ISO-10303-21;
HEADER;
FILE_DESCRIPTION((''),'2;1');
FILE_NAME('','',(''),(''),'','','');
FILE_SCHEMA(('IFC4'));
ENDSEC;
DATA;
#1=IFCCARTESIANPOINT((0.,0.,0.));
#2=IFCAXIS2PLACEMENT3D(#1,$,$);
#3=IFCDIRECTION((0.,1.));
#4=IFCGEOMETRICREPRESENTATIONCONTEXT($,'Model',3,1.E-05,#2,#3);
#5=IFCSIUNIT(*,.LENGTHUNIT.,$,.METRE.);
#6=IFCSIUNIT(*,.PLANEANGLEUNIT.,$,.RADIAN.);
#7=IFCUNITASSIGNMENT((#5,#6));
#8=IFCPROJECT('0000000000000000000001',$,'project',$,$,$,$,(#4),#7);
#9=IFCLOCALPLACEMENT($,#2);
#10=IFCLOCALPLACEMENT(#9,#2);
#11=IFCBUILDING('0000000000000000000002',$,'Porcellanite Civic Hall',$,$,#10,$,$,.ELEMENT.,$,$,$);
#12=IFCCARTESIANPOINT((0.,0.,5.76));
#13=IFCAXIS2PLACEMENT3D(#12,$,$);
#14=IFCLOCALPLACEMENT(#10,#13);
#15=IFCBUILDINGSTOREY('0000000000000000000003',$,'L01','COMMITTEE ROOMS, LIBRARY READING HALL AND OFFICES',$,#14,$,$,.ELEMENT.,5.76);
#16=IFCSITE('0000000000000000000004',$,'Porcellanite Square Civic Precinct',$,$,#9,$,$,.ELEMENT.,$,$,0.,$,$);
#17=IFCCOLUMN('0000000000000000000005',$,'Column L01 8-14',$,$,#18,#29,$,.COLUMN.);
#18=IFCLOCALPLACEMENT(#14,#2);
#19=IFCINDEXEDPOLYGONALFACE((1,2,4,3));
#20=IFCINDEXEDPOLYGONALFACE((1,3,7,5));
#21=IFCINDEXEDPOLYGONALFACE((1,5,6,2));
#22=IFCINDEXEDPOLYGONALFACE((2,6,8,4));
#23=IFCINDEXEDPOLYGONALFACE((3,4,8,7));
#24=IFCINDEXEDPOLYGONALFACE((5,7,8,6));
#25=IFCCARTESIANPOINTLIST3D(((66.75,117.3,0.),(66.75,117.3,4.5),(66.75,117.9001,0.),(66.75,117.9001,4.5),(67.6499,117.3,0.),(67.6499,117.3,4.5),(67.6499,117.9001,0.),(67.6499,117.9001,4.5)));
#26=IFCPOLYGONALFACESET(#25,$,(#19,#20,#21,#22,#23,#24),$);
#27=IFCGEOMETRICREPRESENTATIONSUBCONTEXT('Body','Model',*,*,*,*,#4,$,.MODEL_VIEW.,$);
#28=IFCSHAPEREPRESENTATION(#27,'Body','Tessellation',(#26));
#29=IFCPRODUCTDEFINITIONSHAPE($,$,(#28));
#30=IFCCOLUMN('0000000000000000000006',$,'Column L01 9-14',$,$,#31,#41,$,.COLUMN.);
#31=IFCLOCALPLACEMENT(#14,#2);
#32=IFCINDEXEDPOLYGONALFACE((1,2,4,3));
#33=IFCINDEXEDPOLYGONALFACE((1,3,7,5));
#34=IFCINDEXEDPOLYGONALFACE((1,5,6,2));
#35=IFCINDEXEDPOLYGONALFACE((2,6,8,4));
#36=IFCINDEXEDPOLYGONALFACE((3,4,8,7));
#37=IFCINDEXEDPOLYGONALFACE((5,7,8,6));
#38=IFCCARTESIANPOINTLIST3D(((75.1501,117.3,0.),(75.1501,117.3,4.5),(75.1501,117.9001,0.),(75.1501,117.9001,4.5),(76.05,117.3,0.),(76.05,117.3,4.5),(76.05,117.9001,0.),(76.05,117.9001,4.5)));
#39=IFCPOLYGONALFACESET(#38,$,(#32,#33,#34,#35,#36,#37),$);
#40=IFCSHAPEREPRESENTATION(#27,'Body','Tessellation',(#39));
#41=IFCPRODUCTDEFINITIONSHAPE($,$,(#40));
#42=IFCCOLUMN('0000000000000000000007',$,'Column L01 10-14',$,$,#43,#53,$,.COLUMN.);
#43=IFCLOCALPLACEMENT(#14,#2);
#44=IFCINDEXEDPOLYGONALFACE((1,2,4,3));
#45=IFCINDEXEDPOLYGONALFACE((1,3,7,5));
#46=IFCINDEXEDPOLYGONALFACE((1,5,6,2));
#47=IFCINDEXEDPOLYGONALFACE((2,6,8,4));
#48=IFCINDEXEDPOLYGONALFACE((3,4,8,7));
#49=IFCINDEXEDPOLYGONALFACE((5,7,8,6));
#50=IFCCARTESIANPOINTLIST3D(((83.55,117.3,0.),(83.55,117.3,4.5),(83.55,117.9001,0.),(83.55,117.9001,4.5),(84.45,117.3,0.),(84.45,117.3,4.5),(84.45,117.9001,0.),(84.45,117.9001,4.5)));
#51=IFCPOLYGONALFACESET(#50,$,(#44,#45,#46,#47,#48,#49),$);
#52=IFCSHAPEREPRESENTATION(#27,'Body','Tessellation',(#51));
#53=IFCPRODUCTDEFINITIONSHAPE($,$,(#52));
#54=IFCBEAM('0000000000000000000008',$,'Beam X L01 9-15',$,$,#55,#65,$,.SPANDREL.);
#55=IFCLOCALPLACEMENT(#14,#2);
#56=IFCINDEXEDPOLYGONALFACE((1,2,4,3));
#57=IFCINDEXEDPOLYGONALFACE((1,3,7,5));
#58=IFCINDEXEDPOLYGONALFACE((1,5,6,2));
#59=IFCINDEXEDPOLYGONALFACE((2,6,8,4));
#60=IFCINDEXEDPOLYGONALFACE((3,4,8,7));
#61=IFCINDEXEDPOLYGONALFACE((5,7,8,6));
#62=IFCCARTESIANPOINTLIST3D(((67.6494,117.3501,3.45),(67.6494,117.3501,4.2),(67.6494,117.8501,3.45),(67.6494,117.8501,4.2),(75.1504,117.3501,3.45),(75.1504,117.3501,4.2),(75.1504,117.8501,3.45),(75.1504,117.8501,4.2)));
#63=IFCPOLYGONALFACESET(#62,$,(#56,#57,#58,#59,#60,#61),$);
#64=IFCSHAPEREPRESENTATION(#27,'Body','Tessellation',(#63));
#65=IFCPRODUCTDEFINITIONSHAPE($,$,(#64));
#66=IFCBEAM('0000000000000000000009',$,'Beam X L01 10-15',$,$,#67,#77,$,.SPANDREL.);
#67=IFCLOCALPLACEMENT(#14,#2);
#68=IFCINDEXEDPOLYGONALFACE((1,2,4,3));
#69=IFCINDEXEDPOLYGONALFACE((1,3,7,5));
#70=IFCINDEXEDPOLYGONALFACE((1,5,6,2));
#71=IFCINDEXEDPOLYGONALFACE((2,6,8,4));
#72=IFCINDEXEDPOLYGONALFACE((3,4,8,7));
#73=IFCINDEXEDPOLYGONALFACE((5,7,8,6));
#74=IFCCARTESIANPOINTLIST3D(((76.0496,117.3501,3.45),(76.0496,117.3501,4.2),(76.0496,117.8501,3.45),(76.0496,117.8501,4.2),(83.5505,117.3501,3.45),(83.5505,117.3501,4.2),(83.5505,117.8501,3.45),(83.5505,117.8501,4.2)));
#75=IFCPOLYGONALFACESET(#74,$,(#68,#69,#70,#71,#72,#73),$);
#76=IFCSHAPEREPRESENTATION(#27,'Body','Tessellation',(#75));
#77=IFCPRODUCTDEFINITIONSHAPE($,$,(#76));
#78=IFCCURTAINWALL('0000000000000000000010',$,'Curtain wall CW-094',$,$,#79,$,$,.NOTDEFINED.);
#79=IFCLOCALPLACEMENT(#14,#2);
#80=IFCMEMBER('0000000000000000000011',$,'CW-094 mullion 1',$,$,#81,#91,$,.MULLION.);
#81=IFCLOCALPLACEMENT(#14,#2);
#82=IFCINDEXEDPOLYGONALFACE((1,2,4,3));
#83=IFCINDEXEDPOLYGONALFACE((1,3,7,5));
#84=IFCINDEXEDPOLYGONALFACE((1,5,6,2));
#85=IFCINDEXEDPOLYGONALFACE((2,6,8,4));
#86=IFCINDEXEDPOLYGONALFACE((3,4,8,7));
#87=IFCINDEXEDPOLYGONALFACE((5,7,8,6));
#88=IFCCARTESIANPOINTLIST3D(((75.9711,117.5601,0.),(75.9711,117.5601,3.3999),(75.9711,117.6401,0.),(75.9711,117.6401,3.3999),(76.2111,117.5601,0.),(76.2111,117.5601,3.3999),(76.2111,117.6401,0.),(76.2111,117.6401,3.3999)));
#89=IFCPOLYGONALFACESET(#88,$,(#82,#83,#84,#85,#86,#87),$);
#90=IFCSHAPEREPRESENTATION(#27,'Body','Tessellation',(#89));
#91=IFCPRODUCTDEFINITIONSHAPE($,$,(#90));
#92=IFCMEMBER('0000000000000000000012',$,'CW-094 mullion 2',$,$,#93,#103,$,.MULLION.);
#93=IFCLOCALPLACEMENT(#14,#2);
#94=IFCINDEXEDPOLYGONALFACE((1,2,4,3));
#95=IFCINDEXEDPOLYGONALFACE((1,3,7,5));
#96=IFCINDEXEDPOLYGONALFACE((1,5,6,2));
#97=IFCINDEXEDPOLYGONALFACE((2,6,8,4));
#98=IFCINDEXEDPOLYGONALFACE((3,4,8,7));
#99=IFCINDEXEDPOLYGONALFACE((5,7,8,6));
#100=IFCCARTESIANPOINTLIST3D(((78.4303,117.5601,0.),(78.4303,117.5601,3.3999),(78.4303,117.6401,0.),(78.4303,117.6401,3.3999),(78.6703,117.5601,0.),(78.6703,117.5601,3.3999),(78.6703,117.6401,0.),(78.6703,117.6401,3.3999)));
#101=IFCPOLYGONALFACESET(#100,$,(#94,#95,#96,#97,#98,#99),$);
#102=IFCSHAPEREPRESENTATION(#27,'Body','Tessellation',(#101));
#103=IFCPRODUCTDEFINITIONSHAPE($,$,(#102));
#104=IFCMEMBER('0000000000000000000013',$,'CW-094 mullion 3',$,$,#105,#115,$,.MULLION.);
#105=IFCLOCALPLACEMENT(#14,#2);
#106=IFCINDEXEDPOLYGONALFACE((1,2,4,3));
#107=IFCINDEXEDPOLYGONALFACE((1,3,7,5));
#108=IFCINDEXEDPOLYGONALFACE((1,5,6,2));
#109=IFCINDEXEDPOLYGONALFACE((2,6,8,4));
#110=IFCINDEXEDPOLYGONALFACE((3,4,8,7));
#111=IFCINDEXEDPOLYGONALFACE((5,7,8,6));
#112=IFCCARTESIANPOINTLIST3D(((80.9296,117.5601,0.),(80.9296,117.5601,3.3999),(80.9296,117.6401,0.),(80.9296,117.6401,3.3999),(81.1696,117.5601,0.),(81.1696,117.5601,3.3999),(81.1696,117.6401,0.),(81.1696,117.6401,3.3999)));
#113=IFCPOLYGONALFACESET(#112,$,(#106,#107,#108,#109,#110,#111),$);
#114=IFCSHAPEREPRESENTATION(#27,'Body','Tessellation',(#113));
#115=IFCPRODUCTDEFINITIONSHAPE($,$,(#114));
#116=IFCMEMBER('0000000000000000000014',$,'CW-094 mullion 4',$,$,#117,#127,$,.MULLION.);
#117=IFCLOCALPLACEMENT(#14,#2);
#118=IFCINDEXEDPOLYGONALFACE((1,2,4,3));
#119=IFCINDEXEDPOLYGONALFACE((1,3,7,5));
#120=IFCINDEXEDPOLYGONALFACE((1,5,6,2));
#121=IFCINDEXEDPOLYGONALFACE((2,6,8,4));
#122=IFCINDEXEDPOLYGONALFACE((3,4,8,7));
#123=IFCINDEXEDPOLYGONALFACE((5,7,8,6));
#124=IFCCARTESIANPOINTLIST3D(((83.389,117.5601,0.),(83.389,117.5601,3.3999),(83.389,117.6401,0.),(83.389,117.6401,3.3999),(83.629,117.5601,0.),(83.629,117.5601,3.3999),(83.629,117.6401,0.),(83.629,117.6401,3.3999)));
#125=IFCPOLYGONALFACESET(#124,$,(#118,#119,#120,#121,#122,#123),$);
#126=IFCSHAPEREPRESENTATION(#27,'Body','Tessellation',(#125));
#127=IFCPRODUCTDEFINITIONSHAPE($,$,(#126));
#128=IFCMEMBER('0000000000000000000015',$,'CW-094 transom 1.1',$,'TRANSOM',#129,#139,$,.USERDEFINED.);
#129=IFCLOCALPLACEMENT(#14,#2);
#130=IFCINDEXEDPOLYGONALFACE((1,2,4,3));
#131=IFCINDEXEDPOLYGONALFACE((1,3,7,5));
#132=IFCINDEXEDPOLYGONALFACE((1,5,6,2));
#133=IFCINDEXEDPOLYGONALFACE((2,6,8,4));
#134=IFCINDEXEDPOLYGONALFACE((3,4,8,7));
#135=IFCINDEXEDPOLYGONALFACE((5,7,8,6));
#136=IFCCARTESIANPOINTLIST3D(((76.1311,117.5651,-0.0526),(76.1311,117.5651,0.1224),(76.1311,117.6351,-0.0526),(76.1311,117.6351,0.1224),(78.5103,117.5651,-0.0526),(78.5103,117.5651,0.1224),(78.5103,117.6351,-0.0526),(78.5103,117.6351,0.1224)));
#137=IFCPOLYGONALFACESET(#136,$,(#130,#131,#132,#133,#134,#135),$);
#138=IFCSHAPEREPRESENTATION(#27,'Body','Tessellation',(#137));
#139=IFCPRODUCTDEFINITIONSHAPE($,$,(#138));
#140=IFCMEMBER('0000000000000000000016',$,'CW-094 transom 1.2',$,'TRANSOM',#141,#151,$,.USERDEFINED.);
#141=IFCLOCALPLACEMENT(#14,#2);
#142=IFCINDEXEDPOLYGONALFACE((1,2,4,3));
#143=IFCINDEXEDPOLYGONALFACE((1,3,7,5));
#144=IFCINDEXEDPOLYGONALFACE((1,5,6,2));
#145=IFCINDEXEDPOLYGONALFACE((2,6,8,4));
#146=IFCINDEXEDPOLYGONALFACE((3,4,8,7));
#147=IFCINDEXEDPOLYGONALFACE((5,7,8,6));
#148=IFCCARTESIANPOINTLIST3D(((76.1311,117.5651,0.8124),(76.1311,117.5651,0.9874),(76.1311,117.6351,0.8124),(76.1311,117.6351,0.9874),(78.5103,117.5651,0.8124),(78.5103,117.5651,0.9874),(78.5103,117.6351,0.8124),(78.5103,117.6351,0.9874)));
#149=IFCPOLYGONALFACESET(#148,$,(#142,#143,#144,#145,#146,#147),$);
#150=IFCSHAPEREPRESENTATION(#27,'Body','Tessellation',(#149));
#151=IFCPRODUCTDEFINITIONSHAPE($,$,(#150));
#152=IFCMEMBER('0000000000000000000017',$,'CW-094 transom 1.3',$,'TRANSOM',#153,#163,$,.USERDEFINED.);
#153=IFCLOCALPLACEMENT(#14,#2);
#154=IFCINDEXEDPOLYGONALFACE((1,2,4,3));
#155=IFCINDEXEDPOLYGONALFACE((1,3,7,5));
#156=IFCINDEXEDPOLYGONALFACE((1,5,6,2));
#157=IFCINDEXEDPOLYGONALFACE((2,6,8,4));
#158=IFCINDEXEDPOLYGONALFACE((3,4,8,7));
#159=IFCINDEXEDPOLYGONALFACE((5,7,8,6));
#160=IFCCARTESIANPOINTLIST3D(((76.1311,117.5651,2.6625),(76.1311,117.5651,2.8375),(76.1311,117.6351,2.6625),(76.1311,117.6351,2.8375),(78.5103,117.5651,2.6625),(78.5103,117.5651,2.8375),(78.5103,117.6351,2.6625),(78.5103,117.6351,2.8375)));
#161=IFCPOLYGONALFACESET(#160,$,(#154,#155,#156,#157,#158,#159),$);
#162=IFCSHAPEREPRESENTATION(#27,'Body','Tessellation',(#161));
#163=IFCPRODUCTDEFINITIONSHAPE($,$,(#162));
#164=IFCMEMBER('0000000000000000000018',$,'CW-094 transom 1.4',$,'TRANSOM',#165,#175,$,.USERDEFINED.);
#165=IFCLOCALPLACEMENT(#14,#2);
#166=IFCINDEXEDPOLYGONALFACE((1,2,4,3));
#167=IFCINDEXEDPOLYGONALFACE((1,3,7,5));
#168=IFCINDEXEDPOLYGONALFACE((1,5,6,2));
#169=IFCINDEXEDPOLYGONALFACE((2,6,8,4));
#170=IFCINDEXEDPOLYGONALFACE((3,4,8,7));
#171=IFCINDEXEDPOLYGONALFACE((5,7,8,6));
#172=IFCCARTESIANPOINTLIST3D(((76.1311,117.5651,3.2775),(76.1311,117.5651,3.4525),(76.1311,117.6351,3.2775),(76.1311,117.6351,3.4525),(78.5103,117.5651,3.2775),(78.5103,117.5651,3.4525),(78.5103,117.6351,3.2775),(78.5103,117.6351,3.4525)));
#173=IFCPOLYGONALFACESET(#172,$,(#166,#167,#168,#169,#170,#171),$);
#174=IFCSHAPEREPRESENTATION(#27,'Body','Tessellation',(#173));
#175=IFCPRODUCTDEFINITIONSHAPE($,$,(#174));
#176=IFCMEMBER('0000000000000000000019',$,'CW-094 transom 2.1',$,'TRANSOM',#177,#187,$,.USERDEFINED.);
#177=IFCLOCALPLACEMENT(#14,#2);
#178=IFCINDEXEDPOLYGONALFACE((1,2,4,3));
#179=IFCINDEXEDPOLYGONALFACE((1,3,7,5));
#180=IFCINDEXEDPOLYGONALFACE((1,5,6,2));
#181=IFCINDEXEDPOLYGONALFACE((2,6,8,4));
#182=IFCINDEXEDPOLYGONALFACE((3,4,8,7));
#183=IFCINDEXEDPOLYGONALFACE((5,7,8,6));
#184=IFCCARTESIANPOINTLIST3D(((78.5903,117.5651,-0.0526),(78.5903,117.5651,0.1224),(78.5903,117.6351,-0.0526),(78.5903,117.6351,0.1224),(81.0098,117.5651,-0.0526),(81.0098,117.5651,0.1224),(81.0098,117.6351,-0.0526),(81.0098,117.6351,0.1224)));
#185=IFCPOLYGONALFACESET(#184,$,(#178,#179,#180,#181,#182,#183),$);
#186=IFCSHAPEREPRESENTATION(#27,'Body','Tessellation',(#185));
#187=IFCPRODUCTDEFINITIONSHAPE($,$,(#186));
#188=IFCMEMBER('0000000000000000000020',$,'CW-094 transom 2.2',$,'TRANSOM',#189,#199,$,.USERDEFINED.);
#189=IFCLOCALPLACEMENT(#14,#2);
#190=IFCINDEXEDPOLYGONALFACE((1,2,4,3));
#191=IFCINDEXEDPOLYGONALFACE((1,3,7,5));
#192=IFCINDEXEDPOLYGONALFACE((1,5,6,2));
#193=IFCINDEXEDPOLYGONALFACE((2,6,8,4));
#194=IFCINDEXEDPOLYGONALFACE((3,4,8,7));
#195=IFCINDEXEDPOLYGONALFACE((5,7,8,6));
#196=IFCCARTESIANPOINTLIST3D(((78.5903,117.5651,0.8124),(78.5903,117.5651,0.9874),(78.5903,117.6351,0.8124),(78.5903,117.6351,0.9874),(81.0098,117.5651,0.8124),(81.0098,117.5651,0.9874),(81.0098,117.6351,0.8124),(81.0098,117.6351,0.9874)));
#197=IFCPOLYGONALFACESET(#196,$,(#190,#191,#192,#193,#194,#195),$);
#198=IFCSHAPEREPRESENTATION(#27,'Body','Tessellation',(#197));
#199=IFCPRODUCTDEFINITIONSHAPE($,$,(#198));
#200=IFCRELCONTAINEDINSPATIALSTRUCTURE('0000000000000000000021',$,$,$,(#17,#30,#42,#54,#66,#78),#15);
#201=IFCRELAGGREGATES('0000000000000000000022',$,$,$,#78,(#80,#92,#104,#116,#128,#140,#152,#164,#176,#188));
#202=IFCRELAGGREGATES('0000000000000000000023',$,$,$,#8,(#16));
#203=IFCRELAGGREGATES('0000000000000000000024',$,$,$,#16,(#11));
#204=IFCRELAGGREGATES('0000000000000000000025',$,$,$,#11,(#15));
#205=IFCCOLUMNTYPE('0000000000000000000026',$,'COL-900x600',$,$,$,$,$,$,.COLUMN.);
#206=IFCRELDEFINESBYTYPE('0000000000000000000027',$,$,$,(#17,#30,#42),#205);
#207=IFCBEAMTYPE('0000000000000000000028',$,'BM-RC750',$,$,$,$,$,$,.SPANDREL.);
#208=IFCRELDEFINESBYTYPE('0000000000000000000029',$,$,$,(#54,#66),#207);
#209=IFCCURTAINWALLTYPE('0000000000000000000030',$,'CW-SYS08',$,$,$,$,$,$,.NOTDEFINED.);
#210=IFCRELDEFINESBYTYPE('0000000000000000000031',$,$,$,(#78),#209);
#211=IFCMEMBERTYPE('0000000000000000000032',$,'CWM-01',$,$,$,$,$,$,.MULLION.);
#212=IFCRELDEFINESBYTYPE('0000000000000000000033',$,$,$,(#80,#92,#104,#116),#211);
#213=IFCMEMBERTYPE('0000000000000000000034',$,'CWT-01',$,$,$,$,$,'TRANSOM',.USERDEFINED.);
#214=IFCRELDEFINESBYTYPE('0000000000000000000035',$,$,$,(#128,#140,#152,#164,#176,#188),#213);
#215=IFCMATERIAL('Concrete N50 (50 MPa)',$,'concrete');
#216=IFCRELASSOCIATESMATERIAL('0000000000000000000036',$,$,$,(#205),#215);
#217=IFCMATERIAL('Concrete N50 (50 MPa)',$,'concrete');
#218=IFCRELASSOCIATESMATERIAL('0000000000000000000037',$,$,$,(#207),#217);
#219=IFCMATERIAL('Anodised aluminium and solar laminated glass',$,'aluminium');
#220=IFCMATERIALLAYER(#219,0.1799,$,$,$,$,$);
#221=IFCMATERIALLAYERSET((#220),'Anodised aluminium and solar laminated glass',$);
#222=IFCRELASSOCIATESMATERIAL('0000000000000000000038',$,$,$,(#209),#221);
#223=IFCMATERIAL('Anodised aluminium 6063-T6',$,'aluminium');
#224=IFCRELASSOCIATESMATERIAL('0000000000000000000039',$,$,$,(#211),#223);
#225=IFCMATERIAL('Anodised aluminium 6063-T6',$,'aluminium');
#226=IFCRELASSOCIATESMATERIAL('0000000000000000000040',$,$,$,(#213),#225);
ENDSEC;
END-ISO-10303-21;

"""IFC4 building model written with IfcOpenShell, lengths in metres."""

from ifc_helpers import new_model, si_unit, direction, frame, origin, origin_2d, place, context, subcontext, project, spatial, rectangle, extrude, material, layer, layer_set, material_profile, profile_set, type_object, element, aggregate, save


model = new_model("IFC4")

# Units and contexts
model_context = context("Model", 3, precision=1e-05, world=origin(), true_north=direction((0.0, 1.0)))
body_context = subcontext(model_context, "Body", "Model", "MODEL_VIEW")
ifc_project = project(units=[si_unit("LENGTHUNIT", "METRE"), si_unit("PLANEANGLEUNIT", "RADIAN")], contexts=[model_context])

# Site, building, storey
site_placement = place(None, origin())
site = spatial("IfcSite", under=ifc_project, at=site_placement, Name="Porcellanite Square Civic Precinct", CompositionType="ELEMENT", RefElevation=0.0)
building_placement = place(site_placement, origin())
building = spatial("IfcBuilding", under=site, at=building_placement, Name="Porcellanite Civic Hall", CompositionType="ELEMENT")
storey_placement = place(building_placement, frame((0.0, 0.0, 5.76)))
storey = spatial("IfcBuildingStorey", under=building, at=storey_placement, Name="L01", Description="COMMITTEE ROOMS, LIBRARY READING HALL AND OFFICES", CompositionType="ELEMENT", Elevation=5.76)

# Columns
ifc_material_1 = material(Name="Concrete N50 (50 MPa)", Category="concrete")
ifc_material_profile_1 = material_profile(ifc_material_1, rectangle(XDim=0.8999, YDim=0.6001, at=origin_2d()), Name="RC-900x600")
ifc_profile_set_1 = profile_set([ifc_material_profile_1], Name="Concrete N50 (50 MPa)")
column_type = type_object("IfcColumnType", Name="COL-900x600", PredefinedType="COLUMN", material=ifc_profile_set_1)
for number, where, z_axis, x_axis, name in (
    (1, (67.2, 117.6001, 0.0), (0.0, 0.0, 1.0), (1.0, 0.0, 0.0), "Column L01 8-14"),
    (2, (75.6001, 117.6001, 0.0), (0.0, 0.0, 1.0), (1.0, 0.0, 0.0), "Column L01 9-14"),
    (3, (84.0, 117.6001, 0.0), (0.0, 0.0, 1.0), (1.0, 0.0, 0.0), "Column L01 10-14"),
):
    element("IfcColumn", number, at=place(storey_placement, frame(where, z_axis=z_axis, x_axis=x_axis)), inside=storey, type_object=column_type, Name=name, PredefinedType="COLUMN", context=body_context, shape_type="SweptSolid", body=[
        extrude(rectangle(XDim=0.8999, YDim=0.6001, at=origin_2d()), origin(), (0.0, 0.0, 1.0), 4.5),
    ])

# Beams
ifc_material_2 = material(Name="Concrete N50 (50 MPa)", Category="concrete")
ifc_material_profile_2 = material_profile(ifc_material_2, rectangle(XDim=0.5, YDim=0.75, at=origin_2d()), Name="RC-500x750")
ifc_profile_set_2 = profile_set([ifc_material_profile_2], Name="Concrete N50 (50 MPa)")
beam_type = type_object("IfcBeamType", Name="BM-RC750", PredefinedType="SPANDREL", material=ifc_profile_set_2)
for number, where, z_axis, x_axis, name in (
    (4, (67.6494, 117.6001, 3.825), (1.0, 0.0, 0.0), (0.0, 1.0, 0.0), "Beam X L01 9-15"),
    (5, (76.0496, 117.6001, 3.825), (1.0, 0.0, 0.0), (0.0, 1.0, 0.0), "Beam X L01 10-15"),
):
    element("IfcBeam", number, at=place(storey_placement, frame(where, z_axis=z_axis, x_axis=x_axis)), inside=storey, type_object=beam_type, Name=name, PredefinedType="SPANDREL", context=body_context, shape_type="SweptSolid", body=[
        extrude(rectangle(XDim=0.5, YDim=0.75, at=origin_2d()), origin(), (0.0, 0.0, 1.0), 7.501),
    ])

# Curtain wall, members
ifc_material_3 = material(Name="Anodised aluminium and solar laminated glass", Category="aluminium")
ifc_layer_1 = layer(ifc_material_3, 0.1799)
ifc_layer_set_1 = layer_set([ifc_layer_1], Name="Anodised aluminium and solar laminated glass")
curtain_wall_type = type_object("IfcCurtainWallType", Name="CW-SYS08", PredefinedType="NOTDEFINED", material=ifc_layer_set_1)
curtain_wall_placement = place(storey_placement, origin())
curtain_wall = element("IfcCurtainWall", 6, at=curtain_wall_placement, inside=storey, type_object=curtain_wall_type, Name="Curtain wall CW-094", PredefinedType="NOTDEFINED")
ifc_material_4 = material(Name="Anodised aluminium 6063-T6", Category="aluminium")
ifc_material_profile_3 = material_profile(ifc_material_4, rectangle(XDim=0.0801, YDim=0.24, at=origin_2d()), Name="AL-80x240")
ifc_profile_set_3 = profile_set([ifc_material_profile_3], Name="Anodised aluminium 6063-T6")
member_type_1 = type_object("IfcMemberType", Name="CWM-01", PredefinedType="MULLION", material=ifc_profile_set_3)
member_1_placement = place(storey_placement, frame((76.0911, 117.6001, 0.0), z_axis=(0.0, 0.0, 1.0), x_axis=(0.0, 1.0, 0.0)))
member_1 = element("IfcMember", 7, at=member_1_placement, type_object=member_type_1, Name="CW-094 mullion 1", PredefinedType="MULLION", context=body_context, shape_type="SweptSolid", body=[
    extrude(rectangle(XDim=0.0801, YDim=0.24, at=origin_2d()), origin(), (0.0, 0.0, 1.0), 3.3999),
])
member_2_placement = place(storey_placement, frame((78.5503, 117.6001, 0.0), z_axis=(0.0, 0.0, 1.0), x_axis=(0.0, 1.0, 0.0)))
member_2 = element("IfcMember", 8, at=member_2_placement, type_object=member_type_1, Name="CW-094 mullion 2", PredefinedType="MULLION", context=body_context, shape_type="SweptSolid", body=[
    extrude(rectangle(XDim=0.0801, YDim=0.24, at=origin_2d()), origin(), (0.0, 0.0, 1.0), 3.3999),
])
member_3_placement = place(storey_placement, frame((81.0496, 117.6001, 0.0), z_axis=(0.0, 0.0, 1.0), x_axis=(0.0, 1.0, 0.0)))
member_3 = element("IfcMember", 9, at=member_3_placement, type_object=member_type_1, Name="CW-094 mullion 3", PredefinedType="MULLION", context=body_context, shape_type="SweptSolid", body=[
    extrude(rectangle(XDim=0.0801, YDim=0.24, at=origin_2d()), origin(), (0.0, 0.0, 1.0), 3.3999),
])
member_4_placement = place(storey_placement, frame((83.509, 117.6001, 0.0), z_axis=(0.0, 0.0, 1.0), x_axis=(0.0, 1.0, 0.0)))
member_4 = element("IfcMember", 10, at=member_4_placement, type_object=member_type_1, Name="CW-094 mullion 4", PredefinedType="MULLION", context=body_context, shape_type="SweptSolid", body=[
    extrude(rectangle(XDim=0.0801, YDim=0.24, at=origin_2d()), origin(), (0.0, 0.0, 1.0), 3.3999),
])
ifc_material_5 = material(Name="Anodised aluminium 6063-T6", Category="aluminium")
ifc_material_profile_4 = material_profile(ifc_material_5, rectangle(XDim=0.0701, YDim=0.175, at=origin_2d()), Name="AL-70x175")
ifc_profile_set_4 = profile_set([ifc_material_profile_4], Name="Anodised aluminium 6063-T6")
member_type_2 = type_object("IfcMemberType", Name="CWT-01", ElementType="TRANSOM", PredefinedType="USERDEFINED", material=ifc_profile_set_4)
member_5_placement = place(storey_placement, frame((76.1311, 117.6001, 0.0349), z_axis=(1.0, 0.0, 0.0), x_axis=(0.0, 1.0, 0.0)))
member_5 = element("IfcMember", 11, at=member_5_placement, type_object=member_type_2, Name="CW-094 transom 1.1", ObjectType="TRANSOM", PredefinedType="USERDEFINED", context=body_context, shape_type="SweptSolid", body=[
    extrude(rectangle(XDim=0.0701, YDim=0.175, at=origin_2d()), origin(), (0.0, 0.0, 1.0), 2.3792),
])
member_6_placement = place(storey_placement, frame((76.1311, 117.6001, 0.8999), z_axis=(1.0, 0.0, 0.0), x_axis=(0.0, 1.0, 0.0)))
member_6 = element("IfcMember", 12, at=member_6_placement, type_object=member_type_2, Name="CW-094 transom 1.2", ObjectType="TRANSOM", PredefinedType="USERDEFINED", context=body_context, shape_type="SweptSolid", body=[
    extrude(rectangle(XDim=0.0701, YDim=0.175, at=origin_2d()), origin(), (0.0, 0.0, 1.0), 2.3792),
])
member_7_placement = place(storey_placement, frame((76.1311, 117.6001, 2.75), z_axis=(1.0, 0.0, 0.0), x_axis=(0.0, 1.0, 0.0)))
member_7 = element("IfcMember", 13, at=member_7_placement, type_object=member_type_2, Name="CW-094 transom 1.3", ObjectType="TRANSOM", PredefinedType="USERDEFINED", context=body_context, shape_type="SweptSolid", body=[
    extrude(rectangle(XDim=0.0701, YDim=0.175, at=origin_2d()), origin(), (0.0, 0.0, 1.0), 2.3792),
])
member_8_placement = place(storey_placement, frame((76.1311, 117.6001, 3.365), z_axis=(1.0, 0.0, 0.0), x_axis=(0.0, 1.0, 0.0)))
member_8 = element("IfcMember", 14, at=member_8_placement, type_object=member_type_2, Name="CW-094 transom 1.4", ObjectType="TRANSOM", PredefinedType="USERDEFINED", context=body_context, shape_type="SweptSolid", body=[
    extrude(rectangle(XDim=0.0701, YDim=0.175, at=origin_2d()), origin(), (0.0, 0.0, 1.0), 2.3792),
])
member_9_placement = place(storey_placement, frame((78.5903, 117.6001, 0.0349), z_axis=(1.0, 0.0, 0.0), x_axis=(0.0, 1.0, 0.0)))
member_9 = element("IfcMember", 15, at=member_9_placement, type_object=member_type_2, Name="CW-094 transom 2.1", ObjectType="TRANSOM", PredefinedType="USERDEFINED", context=body_context, shape_type="SweptSolid", body=[
    extrude(rectangle(XDim=0.0701, YDim=0.175, at=origin_2d()), origin(), (0.0, 0.0, 1.0), 2.4194),
])
member_10_placement = place(storey_placement, frame((78.5903, 117.6001, 0.8999), z_axis=(1.0, 0.0, 0.0), x_axis=(0.0, 1.0, 0.0)))
member_10 = element("IfcMember", 16, at=member_10_placement, type_object=member_type_2, Name="CW-094 transom 2.2", ObjectType="TRANSOM", PredefinedType="USERDEFINED", context=body_context, shape_type="SweptSolid", body=[
    extrude(rectangle(XDim=0.0701, YDim=0.175, at=origin_2d()), origin(), (0.0, 0.0, 1.0), 2.4194),
])

aggregate(curtain_wall, [member_1, member_2, member_3, member_4, member_5, member_6, member_7, member_8, member_9, member_10])

save(model, "model.ifc")
